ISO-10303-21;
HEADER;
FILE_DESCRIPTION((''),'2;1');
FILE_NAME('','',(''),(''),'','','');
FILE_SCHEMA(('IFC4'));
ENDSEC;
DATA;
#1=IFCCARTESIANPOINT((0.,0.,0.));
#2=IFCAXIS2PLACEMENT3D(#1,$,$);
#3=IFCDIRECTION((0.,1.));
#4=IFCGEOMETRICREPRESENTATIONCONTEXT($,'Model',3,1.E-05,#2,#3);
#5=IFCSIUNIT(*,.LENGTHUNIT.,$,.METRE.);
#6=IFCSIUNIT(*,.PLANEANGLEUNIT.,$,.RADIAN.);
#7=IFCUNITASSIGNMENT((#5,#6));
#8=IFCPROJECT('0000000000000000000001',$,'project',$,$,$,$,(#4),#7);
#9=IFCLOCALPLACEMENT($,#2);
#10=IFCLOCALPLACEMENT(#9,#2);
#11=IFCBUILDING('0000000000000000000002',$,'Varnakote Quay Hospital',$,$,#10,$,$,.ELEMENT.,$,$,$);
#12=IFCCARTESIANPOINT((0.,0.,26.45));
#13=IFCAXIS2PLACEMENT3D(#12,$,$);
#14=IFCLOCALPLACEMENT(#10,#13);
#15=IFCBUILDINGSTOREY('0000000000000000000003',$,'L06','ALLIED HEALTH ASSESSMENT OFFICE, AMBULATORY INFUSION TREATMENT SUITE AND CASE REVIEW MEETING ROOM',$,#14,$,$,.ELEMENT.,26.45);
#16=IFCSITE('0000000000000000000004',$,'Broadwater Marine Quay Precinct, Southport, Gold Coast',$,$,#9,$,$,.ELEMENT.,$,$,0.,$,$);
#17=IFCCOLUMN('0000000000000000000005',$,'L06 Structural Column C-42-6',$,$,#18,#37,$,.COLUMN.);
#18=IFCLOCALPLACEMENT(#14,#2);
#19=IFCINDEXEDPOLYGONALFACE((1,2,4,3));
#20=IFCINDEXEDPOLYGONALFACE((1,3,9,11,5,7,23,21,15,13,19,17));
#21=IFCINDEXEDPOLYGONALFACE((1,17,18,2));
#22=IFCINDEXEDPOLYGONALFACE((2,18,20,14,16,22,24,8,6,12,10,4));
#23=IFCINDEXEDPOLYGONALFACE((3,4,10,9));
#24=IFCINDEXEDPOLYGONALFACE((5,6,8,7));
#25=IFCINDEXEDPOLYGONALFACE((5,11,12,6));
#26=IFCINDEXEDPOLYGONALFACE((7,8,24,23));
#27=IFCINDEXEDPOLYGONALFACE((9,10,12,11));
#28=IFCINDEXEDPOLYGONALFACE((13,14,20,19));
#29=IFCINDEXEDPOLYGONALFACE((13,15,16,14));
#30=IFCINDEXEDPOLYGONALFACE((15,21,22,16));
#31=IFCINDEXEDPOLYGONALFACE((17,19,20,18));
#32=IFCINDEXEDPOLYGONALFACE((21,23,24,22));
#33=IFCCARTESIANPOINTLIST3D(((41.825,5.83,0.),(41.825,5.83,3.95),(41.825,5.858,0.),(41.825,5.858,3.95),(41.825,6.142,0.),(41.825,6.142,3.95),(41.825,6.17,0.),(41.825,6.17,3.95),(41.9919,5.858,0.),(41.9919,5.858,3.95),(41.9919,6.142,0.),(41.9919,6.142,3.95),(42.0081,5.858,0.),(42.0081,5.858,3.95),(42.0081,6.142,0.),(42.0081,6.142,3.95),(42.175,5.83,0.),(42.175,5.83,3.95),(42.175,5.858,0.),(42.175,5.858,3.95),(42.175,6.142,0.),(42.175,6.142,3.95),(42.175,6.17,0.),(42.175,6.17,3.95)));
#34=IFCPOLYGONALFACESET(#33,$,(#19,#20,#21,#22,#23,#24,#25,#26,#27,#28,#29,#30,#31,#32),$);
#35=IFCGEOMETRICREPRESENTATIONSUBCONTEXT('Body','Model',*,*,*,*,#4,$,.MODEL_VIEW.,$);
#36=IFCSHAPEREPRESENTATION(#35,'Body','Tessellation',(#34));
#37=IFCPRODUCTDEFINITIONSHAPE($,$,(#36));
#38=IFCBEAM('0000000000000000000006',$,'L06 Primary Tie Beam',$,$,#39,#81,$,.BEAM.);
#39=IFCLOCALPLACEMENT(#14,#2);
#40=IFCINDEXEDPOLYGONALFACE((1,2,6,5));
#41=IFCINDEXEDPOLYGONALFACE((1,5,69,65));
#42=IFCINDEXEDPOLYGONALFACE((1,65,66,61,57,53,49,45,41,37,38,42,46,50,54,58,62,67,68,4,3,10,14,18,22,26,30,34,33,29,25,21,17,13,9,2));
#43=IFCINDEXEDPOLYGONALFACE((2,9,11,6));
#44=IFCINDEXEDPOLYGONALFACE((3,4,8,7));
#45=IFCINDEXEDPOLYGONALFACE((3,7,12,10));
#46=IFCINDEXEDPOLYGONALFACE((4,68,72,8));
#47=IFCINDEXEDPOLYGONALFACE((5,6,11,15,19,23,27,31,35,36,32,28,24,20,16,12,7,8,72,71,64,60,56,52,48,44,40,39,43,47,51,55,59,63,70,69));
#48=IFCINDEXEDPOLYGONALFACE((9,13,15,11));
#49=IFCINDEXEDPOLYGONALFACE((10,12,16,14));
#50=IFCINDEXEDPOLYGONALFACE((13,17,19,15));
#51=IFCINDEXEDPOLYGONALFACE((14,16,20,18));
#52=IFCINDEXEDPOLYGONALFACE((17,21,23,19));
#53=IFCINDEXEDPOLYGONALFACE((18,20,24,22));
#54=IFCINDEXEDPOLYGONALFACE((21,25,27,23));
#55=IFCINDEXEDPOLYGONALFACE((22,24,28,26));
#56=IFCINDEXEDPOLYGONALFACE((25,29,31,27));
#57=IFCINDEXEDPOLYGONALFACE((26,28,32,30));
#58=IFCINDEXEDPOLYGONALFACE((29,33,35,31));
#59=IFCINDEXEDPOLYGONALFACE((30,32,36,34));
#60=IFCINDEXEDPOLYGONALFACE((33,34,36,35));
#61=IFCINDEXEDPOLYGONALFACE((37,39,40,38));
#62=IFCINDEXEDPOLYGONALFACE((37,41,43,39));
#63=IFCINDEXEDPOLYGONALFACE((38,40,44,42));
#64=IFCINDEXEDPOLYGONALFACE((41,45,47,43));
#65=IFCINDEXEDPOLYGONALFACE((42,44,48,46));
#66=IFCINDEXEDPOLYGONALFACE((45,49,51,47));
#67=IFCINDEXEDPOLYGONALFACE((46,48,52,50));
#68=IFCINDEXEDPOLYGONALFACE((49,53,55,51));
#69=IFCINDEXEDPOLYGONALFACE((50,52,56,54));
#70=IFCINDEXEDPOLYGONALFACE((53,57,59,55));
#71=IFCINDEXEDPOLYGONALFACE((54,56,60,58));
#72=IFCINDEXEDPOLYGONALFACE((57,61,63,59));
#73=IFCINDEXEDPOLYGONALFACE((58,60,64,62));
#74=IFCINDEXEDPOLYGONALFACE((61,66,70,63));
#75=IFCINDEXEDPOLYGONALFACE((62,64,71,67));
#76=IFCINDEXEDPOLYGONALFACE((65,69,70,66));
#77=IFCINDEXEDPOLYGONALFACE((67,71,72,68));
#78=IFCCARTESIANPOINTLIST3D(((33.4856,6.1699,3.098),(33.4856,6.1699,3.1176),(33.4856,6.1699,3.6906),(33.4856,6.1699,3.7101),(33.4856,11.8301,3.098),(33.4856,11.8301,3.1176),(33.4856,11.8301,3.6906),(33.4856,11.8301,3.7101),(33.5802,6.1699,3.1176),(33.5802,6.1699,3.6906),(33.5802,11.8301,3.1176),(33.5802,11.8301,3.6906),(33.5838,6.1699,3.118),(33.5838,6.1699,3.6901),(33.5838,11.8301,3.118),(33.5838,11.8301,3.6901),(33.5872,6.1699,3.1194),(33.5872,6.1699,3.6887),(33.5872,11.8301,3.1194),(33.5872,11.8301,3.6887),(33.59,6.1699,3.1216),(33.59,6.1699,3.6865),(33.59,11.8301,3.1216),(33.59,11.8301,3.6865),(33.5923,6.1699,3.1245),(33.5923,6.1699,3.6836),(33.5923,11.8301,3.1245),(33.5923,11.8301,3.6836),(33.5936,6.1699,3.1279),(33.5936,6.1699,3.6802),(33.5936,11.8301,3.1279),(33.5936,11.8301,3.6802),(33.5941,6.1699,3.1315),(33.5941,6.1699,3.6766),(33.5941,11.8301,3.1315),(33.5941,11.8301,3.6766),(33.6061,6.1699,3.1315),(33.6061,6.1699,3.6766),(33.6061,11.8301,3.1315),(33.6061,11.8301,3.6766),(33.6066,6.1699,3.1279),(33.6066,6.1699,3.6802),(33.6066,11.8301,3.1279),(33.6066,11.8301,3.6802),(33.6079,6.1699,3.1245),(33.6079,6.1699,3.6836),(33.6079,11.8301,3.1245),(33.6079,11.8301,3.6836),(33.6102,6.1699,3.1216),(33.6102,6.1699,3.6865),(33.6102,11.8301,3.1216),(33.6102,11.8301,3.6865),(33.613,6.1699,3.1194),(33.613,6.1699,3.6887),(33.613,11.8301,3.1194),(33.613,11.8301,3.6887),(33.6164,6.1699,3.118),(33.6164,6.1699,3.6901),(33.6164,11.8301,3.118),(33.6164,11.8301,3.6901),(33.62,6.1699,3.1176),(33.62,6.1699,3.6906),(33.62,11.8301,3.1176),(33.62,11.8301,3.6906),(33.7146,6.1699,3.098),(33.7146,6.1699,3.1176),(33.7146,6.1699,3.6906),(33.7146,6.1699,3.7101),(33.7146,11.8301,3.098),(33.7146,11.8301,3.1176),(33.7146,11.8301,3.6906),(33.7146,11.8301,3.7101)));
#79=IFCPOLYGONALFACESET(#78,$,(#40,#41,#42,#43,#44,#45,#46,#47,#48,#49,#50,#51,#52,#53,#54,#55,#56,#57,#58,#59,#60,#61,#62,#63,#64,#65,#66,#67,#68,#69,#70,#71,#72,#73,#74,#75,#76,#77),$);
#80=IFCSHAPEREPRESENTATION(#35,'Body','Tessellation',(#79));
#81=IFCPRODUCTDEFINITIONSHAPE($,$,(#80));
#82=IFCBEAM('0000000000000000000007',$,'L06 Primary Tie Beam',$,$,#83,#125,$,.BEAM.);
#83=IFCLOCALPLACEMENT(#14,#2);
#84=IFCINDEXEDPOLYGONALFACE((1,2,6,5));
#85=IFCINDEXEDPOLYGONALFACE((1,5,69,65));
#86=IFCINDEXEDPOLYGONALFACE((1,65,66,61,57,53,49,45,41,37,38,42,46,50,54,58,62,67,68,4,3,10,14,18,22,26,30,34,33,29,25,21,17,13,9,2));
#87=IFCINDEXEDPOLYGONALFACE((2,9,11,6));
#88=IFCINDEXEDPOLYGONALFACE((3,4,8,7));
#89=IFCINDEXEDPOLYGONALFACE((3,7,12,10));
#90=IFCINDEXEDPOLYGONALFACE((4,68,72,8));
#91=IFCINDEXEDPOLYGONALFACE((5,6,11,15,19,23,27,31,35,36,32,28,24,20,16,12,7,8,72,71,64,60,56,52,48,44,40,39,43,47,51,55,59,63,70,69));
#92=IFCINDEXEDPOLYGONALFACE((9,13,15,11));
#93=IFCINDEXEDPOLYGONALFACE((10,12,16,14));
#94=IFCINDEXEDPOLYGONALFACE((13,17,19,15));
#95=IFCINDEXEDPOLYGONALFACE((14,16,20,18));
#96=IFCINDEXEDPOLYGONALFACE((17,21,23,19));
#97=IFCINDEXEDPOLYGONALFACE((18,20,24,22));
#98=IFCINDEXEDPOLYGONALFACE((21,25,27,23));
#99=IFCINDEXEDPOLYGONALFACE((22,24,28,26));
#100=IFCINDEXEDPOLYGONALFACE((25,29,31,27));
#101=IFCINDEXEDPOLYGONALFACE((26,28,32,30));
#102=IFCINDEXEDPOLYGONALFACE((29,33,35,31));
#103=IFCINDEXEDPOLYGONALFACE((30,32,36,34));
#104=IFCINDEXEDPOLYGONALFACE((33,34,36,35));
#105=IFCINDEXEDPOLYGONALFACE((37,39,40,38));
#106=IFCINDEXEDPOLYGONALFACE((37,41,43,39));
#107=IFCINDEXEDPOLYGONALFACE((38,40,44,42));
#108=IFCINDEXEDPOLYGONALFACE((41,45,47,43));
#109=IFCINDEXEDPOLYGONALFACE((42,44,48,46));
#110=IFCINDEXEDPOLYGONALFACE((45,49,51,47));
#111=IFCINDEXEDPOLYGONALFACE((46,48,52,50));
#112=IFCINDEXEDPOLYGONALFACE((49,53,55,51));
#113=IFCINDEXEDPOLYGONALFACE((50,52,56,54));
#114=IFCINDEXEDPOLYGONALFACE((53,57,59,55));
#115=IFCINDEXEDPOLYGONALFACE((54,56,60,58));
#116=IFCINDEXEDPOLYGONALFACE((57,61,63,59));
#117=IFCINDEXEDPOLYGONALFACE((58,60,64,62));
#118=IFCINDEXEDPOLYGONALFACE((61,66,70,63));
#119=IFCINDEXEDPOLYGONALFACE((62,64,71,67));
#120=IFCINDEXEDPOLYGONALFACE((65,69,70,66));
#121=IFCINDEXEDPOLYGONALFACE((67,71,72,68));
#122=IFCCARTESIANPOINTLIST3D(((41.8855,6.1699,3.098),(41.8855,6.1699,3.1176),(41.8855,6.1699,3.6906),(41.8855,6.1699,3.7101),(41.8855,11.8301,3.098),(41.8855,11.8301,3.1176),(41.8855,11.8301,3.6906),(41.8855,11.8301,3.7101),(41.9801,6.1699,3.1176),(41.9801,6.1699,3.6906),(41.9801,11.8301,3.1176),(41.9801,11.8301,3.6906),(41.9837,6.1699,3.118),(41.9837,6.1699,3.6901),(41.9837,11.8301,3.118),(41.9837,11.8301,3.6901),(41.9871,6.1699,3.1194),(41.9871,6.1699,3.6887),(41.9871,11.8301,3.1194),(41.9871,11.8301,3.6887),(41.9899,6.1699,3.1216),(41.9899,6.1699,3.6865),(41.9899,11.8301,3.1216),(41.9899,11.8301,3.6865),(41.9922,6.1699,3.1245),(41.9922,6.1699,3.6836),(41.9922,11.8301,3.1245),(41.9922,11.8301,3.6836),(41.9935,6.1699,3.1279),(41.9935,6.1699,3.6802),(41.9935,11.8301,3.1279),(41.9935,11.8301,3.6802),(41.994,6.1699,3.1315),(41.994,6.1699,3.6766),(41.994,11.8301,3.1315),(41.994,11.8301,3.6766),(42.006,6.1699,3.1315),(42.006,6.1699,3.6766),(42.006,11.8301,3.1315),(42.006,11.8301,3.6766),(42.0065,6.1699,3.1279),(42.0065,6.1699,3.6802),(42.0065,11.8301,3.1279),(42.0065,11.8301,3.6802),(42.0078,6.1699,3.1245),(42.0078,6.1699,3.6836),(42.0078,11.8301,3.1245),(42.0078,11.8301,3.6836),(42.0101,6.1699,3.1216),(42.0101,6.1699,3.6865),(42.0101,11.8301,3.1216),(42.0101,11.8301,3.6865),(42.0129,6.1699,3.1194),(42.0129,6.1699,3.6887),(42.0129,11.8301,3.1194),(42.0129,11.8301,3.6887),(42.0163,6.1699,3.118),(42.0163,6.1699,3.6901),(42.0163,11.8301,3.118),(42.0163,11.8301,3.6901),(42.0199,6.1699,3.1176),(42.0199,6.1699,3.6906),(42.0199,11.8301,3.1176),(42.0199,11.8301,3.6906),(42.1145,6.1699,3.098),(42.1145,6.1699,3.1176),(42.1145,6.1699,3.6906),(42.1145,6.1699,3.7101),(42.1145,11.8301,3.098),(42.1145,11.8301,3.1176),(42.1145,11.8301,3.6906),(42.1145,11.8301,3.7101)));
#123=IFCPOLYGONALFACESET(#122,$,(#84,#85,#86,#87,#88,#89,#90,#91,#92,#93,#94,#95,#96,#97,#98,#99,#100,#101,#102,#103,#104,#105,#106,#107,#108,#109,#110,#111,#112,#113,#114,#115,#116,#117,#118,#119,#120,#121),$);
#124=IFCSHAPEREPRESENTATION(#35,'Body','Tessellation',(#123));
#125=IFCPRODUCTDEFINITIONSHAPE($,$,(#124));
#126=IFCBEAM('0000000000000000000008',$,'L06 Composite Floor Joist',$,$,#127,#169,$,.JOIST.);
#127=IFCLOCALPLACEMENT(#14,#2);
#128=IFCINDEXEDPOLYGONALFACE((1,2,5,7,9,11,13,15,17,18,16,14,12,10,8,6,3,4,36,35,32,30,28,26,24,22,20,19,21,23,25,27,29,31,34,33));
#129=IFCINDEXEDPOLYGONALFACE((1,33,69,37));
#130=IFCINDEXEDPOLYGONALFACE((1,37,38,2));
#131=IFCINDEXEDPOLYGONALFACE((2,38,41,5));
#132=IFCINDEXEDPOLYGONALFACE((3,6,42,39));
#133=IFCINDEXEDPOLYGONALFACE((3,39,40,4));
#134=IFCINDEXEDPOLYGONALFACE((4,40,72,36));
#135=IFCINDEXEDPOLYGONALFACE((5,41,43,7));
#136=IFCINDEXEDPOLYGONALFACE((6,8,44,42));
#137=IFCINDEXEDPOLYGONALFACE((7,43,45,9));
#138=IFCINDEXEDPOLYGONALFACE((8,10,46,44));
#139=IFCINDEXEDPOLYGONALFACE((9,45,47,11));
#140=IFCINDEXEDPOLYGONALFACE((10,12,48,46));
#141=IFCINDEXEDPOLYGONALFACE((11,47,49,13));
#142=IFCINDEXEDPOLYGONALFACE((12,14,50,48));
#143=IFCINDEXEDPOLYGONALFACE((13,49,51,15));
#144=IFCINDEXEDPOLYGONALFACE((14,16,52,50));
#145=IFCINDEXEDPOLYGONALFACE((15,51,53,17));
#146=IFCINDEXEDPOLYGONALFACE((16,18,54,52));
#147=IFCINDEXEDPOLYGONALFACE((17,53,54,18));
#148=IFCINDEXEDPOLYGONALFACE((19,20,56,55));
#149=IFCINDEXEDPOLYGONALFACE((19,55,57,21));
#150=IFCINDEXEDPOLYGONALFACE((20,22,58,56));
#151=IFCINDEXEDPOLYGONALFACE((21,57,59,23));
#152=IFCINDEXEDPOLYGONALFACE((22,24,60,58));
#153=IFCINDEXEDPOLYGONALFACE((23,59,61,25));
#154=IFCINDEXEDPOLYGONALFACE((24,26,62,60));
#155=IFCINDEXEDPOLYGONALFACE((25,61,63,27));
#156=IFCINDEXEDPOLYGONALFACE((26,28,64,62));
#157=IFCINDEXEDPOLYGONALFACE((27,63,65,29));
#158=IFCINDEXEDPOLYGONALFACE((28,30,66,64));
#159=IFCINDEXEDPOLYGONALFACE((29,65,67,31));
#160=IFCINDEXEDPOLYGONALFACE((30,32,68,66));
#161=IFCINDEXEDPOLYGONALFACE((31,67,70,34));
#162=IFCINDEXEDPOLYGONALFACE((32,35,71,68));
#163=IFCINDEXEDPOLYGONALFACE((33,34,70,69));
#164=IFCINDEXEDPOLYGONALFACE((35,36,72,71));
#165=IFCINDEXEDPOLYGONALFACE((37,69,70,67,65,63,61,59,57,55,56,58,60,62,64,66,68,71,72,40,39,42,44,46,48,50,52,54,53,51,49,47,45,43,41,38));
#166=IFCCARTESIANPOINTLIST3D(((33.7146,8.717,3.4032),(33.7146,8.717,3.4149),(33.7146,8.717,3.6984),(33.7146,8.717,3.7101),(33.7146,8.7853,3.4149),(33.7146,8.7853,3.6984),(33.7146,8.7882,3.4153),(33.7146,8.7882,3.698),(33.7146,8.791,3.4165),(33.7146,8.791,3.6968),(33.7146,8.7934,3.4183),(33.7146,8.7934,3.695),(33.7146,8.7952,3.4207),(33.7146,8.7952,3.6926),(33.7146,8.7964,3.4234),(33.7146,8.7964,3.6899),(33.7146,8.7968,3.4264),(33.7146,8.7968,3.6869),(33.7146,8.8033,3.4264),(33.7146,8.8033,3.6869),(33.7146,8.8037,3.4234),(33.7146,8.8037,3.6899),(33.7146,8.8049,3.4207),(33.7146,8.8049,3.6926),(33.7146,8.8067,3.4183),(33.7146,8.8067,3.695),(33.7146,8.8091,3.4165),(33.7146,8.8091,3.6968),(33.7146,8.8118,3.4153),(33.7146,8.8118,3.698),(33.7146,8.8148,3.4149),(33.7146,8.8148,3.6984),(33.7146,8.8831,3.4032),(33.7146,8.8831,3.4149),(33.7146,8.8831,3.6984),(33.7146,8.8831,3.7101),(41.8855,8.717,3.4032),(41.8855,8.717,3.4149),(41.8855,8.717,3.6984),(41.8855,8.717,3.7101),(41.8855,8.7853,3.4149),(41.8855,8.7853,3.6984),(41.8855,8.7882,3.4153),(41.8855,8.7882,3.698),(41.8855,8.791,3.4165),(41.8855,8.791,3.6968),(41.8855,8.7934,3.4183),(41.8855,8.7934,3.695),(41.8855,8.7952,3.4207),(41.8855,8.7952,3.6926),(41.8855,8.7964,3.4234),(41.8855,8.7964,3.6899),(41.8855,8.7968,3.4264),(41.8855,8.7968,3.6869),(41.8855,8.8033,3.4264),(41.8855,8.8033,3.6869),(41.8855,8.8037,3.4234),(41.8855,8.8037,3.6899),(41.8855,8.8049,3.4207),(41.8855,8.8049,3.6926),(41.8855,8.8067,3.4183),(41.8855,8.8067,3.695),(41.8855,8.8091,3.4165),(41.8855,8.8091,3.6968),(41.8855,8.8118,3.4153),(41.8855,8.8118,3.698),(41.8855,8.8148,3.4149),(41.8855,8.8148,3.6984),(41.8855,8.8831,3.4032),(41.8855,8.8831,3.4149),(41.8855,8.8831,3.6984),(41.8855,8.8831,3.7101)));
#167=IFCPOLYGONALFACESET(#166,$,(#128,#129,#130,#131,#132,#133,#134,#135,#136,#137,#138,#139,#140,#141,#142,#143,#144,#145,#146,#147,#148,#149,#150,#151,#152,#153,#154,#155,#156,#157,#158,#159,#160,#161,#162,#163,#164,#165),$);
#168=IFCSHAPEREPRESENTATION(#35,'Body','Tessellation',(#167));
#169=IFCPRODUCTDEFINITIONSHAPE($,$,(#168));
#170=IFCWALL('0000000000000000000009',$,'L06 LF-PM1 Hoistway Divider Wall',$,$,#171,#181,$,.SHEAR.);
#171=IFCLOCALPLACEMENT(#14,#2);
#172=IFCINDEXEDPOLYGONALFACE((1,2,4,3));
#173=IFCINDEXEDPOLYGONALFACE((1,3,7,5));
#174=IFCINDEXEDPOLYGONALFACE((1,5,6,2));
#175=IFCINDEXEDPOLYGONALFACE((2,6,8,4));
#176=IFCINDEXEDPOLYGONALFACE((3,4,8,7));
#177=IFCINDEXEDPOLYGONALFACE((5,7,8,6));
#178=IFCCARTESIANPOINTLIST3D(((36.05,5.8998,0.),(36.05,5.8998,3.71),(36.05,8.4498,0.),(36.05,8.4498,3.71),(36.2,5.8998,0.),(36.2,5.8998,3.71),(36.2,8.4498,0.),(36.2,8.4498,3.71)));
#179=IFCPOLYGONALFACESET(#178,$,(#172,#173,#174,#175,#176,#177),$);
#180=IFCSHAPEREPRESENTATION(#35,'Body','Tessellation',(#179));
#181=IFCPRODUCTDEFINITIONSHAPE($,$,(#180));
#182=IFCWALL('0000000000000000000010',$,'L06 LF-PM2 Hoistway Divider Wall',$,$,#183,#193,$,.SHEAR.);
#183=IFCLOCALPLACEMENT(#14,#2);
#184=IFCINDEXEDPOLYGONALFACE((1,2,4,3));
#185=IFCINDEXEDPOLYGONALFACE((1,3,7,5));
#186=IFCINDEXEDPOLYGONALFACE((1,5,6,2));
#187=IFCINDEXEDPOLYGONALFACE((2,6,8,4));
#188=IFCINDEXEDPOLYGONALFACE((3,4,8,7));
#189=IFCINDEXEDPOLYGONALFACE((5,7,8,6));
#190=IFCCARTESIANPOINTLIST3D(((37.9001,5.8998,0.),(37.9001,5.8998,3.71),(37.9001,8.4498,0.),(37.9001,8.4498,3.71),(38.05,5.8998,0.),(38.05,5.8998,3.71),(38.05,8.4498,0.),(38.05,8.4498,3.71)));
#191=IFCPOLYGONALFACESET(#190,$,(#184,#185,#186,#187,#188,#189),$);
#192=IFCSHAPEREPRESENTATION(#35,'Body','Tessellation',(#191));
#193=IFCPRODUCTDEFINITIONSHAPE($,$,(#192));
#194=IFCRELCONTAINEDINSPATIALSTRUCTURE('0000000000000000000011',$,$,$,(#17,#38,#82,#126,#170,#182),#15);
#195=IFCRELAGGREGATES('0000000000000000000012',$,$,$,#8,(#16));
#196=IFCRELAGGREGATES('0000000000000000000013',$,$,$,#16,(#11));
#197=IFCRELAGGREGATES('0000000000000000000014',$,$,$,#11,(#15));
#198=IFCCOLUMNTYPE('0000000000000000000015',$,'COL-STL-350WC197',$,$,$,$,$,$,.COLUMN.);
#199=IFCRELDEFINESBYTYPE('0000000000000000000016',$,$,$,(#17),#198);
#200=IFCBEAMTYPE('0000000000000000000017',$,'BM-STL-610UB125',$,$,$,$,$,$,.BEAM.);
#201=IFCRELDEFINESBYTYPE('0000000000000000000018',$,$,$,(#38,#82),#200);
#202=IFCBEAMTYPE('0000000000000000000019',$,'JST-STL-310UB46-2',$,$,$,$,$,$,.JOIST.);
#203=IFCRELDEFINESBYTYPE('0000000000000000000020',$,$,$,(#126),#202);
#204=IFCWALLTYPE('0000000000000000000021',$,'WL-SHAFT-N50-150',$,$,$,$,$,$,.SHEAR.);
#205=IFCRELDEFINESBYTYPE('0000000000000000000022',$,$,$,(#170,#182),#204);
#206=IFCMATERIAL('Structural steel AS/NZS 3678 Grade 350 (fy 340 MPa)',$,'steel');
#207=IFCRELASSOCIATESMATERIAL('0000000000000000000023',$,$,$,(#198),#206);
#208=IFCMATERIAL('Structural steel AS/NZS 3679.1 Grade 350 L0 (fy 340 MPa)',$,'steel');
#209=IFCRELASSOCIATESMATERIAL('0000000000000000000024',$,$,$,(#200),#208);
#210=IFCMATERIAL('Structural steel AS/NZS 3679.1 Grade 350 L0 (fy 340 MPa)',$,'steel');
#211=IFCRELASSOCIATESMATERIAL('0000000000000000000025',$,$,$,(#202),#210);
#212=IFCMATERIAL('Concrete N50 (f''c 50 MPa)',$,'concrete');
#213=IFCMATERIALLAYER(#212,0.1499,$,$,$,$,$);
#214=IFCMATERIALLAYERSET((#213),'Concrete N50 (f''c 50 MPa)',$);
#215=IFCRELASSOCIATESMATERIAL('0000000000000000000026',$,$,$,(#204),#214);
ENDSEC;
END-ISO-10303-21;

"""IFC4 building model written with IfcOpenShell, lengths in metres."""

from ifc_helpers import new_model, si_unit, direction, frame, frame_2d, origin, origin_2d, place, context, subcontext, project, spatial, rectangle, i_section, extrude, material, layer, layer_set, material_profile, profile_set, type_object, element, save


model = new_model("IFC4")

# Units and contexts
model_context = context("Model", 3, precision=1e-05, world=origin(), true_north=direction((0.0, 1.0)))
body_context = subcontext(model_context, "Body", "Model", "MODEL_VIEW")
ifc_project = project(units=[si_unit("LENGTHUNIT", "METRE"), si_unit("PLANEANGLEUNIT", "RADIAN")], contexts=[model_context])

# Site, building, storey
site_placement = place(None, origin())
site = spatial("IfcSite", under=ifc_project, at=site_placement, Name="Broadwater Marine Quay Precinct, Southport, Gold Coast", CompositionType="ELEMENT", RefElevation=0.0)
building_placement = place(site_placement, origin())
building = spatial("IfcBuilding", under=site, at=building_placement, Name="Varnakote Quay Hospital", CompositionType="ELEMENT")
storey_placement = place(building_placement, frame((0.0, 0.0, 26.45)))
storey = spatial("IfcBuildingStorey", under=building, at=storey_placement, Name="L06", Description="ALLIED HEALTH ASSESSMENT OFFICE, AMBULATORY INFUSION TREATMENT SUITE AND CASE REVIEW MEETING ROOM", CompositionType="ELEMENT", Elevation=26.45)

# Column
ifc_material_1 = material(Name="Structural steel AS/NZS 3678 Grade 350 (fy 340 MPa)", Category="steel")
ifc_material_profile_1 = material_profile(ifc_material_1, i_section(OverallWidth=0.3501, OverallDepth=0.3401, WebThickness=0.0161, FlangeThickness=0.0281, at=origin_2d()), Name="350WC197")
ifc_profile_set_1 = profile_set([ifc_material_profile_1], Name="Structural steel AS/NZS 3678 Grade 350 (fy 340 MPa)")
column_type = type_object("IfcColumnType", Name="COL-STL-350WC197", PredefinedType="COLUMN", material=ifc_profile_set_1)
column_placement = place(storey_placement, frame((42.0, 6.0, 0.0), z_axis=(0.0, 0.0, 1.0), x_axis=(1.0, 0.0, 0.0)))
element("IfcColumn", 1, at=column_placement, inside=storey, type_object=column_type, Name="L06 Structural Column C-42-6", PredefinedType="COLUMN", context=body_context, shape_type="SweptSolid", body=[
    extrude(i_section(OverallWidth=0.3501, OverallDepth=0.3401, WebThickness=0.0161, FlangeThickness=0.0281, at=origin_2d()), origin(), (0.0, 0.0, 1.0), 3.95),
])

# Beams
ifc_material_2 = material(Name="Structural steel AS/NZS 3679.1 Grade 350 L0 (fy 340 MPa)", Category="steel")
ifc_material_profile_2 = material_profile(ifc_material_2, i_section(OverallWidth=0.229, OverallDepth=0.6121, WebThickness=0.012, FlangeThickness=0.0195, FilletRadius=0.0139, at=origin_2d()), Name="610UB125")
ifc_profile_set_2 = profile_set([ifc_material_profile_2], Name="Structural steel AS/NZS 3679.1 Grade 350 L0 (fy 340 MPa)")
beam_type_1 = type_object("IfcBeamType", Name="BM-STL-610UB125", PredefinedType="BEAM", material=ifc_profile_set_2)
for number, where, z_axis, x_axis, name in (
    (2, (33.6001, 6.1699, 3.4041), (0.0, 1.0, 0.0), (-1.0, 0.0, 0.0), "L06 Primary Tie Beam"),
    (3, (42.0, 6.1699, 3.4041), (0.0, 1.0, 0.0), (-1.0, 0.0, 0.0), "L06 Primary Tie Beam"),
):
    element("IfcBeam", number, at=place(storey_placement, frame(where, z_axis=z_axis, x_axis=x_axis)), inside=storey, type_object=beam_type_1, Name=name, PredefinedType="BEAM", context=body_context, shape_type="SweptSolid", body=[
        extrude(i_section(OverallWidth=0.229, OverallDepth=0.6121, WebThickness=0.012, FlangeThickness=0.0195, FilletRadius=0.0139, at=origin_2d()), origin(), (0.0, 0.0, 1.0), 5.6602),
    ])
ifc_material_3 = material(Name="Structural steel AS/NZS 3679.1 Grade 350 L0 (fy 340 MPa)", Category="steel")
ifc_material_profile_3 = material_profile(ifc_material_3, i_section(OverallWidth=0.166, OverallDepth=0.3069, WebThickness=0.0066, FlangeThickness=0.0117, FilletRadius=0.0115, at=origin_2d()), Name="310UB46.2")
ifc_profile_set_3 = profile_set([ifc_material_profile_3], Name="Structural steel AS/NZS 3679.1 Grade 350 L0 (fy 340 MPa)")
beam_type_2 = type_object("IfcBeamType", Name="JST-STL-310UB46-2", PredefinedType="JOIST", material=ifc_profile_set_3)
beam_placement = place(storey_placement, frame((33.7146, 8.8, 3.5566), z_axis=(1.0, 0.0, 0.0), x_axis=(0.0, 1.0, 0.0)))
element("IfcBeam", 4, at=beam_placement, inside=storey, type_object=beam_type_2, Name="L06 Composite Floor Joist", PredefinedType="JOIST", context=body_context, shape_type="SweptSolid", body=[
    extrude(i_section(OverallWidth=0.166, OverallDepth=0.3069, WebThickness=0.0066, FlangeThickness=0.0117, FilletRadius=0.0115, at=origin_2d()), origin(), (0.0, 0.0, 1.0), 8.1709),
])

# Walls
ifc_material_4 = material(Name="Concrete N50 (f'c 50 MPa)", Category="concrete")
ifc_layer_1 = layer(ifc_material_4, 0.1499)
ifc_layer_set_1 = layer_set([ifc_layer_1], Name="Concrete N50 (f'c 50 MPa)")
wall_type_1 = type_object("IfcWallType", Name="WL-SHAFT-N50-150", PredefinedType="SHEAR", material=ifc_layer_set_1)
for number, where, z_axis, x_axis, name in (
    (5, (36.125, 5.8999, 0.0), (0.0, 0.0, 1.0), (0.0, 1.0, 0.0), "L06 LF-PM1 Hoistway Divider Wall"),
    (6, (37.9751, 5.8999, 0.0), (0.0, 0.0, 1.0), (0.0, 1.0, 0.0), "L06 LF-PM2 Hoistway Divider Wall"),
):
    element("IfcWall", number, at=place(storey_placement, frame(where, z_axis=z_axis, x_axis=x_axis)), inside=storey, type_object=wall_type_1, Name=name, PredefinedType="SHEAR", context=body_context, shape_type="SweptSolid", body=[
        extrude(rectangle(XDim=2.55, YDim=0.1499, at=frame_2d((1.2749, 0.0))), origin(), (0.0, 0.0, 1.0), 3.71),
    ])

save(model, "model.ifc")
